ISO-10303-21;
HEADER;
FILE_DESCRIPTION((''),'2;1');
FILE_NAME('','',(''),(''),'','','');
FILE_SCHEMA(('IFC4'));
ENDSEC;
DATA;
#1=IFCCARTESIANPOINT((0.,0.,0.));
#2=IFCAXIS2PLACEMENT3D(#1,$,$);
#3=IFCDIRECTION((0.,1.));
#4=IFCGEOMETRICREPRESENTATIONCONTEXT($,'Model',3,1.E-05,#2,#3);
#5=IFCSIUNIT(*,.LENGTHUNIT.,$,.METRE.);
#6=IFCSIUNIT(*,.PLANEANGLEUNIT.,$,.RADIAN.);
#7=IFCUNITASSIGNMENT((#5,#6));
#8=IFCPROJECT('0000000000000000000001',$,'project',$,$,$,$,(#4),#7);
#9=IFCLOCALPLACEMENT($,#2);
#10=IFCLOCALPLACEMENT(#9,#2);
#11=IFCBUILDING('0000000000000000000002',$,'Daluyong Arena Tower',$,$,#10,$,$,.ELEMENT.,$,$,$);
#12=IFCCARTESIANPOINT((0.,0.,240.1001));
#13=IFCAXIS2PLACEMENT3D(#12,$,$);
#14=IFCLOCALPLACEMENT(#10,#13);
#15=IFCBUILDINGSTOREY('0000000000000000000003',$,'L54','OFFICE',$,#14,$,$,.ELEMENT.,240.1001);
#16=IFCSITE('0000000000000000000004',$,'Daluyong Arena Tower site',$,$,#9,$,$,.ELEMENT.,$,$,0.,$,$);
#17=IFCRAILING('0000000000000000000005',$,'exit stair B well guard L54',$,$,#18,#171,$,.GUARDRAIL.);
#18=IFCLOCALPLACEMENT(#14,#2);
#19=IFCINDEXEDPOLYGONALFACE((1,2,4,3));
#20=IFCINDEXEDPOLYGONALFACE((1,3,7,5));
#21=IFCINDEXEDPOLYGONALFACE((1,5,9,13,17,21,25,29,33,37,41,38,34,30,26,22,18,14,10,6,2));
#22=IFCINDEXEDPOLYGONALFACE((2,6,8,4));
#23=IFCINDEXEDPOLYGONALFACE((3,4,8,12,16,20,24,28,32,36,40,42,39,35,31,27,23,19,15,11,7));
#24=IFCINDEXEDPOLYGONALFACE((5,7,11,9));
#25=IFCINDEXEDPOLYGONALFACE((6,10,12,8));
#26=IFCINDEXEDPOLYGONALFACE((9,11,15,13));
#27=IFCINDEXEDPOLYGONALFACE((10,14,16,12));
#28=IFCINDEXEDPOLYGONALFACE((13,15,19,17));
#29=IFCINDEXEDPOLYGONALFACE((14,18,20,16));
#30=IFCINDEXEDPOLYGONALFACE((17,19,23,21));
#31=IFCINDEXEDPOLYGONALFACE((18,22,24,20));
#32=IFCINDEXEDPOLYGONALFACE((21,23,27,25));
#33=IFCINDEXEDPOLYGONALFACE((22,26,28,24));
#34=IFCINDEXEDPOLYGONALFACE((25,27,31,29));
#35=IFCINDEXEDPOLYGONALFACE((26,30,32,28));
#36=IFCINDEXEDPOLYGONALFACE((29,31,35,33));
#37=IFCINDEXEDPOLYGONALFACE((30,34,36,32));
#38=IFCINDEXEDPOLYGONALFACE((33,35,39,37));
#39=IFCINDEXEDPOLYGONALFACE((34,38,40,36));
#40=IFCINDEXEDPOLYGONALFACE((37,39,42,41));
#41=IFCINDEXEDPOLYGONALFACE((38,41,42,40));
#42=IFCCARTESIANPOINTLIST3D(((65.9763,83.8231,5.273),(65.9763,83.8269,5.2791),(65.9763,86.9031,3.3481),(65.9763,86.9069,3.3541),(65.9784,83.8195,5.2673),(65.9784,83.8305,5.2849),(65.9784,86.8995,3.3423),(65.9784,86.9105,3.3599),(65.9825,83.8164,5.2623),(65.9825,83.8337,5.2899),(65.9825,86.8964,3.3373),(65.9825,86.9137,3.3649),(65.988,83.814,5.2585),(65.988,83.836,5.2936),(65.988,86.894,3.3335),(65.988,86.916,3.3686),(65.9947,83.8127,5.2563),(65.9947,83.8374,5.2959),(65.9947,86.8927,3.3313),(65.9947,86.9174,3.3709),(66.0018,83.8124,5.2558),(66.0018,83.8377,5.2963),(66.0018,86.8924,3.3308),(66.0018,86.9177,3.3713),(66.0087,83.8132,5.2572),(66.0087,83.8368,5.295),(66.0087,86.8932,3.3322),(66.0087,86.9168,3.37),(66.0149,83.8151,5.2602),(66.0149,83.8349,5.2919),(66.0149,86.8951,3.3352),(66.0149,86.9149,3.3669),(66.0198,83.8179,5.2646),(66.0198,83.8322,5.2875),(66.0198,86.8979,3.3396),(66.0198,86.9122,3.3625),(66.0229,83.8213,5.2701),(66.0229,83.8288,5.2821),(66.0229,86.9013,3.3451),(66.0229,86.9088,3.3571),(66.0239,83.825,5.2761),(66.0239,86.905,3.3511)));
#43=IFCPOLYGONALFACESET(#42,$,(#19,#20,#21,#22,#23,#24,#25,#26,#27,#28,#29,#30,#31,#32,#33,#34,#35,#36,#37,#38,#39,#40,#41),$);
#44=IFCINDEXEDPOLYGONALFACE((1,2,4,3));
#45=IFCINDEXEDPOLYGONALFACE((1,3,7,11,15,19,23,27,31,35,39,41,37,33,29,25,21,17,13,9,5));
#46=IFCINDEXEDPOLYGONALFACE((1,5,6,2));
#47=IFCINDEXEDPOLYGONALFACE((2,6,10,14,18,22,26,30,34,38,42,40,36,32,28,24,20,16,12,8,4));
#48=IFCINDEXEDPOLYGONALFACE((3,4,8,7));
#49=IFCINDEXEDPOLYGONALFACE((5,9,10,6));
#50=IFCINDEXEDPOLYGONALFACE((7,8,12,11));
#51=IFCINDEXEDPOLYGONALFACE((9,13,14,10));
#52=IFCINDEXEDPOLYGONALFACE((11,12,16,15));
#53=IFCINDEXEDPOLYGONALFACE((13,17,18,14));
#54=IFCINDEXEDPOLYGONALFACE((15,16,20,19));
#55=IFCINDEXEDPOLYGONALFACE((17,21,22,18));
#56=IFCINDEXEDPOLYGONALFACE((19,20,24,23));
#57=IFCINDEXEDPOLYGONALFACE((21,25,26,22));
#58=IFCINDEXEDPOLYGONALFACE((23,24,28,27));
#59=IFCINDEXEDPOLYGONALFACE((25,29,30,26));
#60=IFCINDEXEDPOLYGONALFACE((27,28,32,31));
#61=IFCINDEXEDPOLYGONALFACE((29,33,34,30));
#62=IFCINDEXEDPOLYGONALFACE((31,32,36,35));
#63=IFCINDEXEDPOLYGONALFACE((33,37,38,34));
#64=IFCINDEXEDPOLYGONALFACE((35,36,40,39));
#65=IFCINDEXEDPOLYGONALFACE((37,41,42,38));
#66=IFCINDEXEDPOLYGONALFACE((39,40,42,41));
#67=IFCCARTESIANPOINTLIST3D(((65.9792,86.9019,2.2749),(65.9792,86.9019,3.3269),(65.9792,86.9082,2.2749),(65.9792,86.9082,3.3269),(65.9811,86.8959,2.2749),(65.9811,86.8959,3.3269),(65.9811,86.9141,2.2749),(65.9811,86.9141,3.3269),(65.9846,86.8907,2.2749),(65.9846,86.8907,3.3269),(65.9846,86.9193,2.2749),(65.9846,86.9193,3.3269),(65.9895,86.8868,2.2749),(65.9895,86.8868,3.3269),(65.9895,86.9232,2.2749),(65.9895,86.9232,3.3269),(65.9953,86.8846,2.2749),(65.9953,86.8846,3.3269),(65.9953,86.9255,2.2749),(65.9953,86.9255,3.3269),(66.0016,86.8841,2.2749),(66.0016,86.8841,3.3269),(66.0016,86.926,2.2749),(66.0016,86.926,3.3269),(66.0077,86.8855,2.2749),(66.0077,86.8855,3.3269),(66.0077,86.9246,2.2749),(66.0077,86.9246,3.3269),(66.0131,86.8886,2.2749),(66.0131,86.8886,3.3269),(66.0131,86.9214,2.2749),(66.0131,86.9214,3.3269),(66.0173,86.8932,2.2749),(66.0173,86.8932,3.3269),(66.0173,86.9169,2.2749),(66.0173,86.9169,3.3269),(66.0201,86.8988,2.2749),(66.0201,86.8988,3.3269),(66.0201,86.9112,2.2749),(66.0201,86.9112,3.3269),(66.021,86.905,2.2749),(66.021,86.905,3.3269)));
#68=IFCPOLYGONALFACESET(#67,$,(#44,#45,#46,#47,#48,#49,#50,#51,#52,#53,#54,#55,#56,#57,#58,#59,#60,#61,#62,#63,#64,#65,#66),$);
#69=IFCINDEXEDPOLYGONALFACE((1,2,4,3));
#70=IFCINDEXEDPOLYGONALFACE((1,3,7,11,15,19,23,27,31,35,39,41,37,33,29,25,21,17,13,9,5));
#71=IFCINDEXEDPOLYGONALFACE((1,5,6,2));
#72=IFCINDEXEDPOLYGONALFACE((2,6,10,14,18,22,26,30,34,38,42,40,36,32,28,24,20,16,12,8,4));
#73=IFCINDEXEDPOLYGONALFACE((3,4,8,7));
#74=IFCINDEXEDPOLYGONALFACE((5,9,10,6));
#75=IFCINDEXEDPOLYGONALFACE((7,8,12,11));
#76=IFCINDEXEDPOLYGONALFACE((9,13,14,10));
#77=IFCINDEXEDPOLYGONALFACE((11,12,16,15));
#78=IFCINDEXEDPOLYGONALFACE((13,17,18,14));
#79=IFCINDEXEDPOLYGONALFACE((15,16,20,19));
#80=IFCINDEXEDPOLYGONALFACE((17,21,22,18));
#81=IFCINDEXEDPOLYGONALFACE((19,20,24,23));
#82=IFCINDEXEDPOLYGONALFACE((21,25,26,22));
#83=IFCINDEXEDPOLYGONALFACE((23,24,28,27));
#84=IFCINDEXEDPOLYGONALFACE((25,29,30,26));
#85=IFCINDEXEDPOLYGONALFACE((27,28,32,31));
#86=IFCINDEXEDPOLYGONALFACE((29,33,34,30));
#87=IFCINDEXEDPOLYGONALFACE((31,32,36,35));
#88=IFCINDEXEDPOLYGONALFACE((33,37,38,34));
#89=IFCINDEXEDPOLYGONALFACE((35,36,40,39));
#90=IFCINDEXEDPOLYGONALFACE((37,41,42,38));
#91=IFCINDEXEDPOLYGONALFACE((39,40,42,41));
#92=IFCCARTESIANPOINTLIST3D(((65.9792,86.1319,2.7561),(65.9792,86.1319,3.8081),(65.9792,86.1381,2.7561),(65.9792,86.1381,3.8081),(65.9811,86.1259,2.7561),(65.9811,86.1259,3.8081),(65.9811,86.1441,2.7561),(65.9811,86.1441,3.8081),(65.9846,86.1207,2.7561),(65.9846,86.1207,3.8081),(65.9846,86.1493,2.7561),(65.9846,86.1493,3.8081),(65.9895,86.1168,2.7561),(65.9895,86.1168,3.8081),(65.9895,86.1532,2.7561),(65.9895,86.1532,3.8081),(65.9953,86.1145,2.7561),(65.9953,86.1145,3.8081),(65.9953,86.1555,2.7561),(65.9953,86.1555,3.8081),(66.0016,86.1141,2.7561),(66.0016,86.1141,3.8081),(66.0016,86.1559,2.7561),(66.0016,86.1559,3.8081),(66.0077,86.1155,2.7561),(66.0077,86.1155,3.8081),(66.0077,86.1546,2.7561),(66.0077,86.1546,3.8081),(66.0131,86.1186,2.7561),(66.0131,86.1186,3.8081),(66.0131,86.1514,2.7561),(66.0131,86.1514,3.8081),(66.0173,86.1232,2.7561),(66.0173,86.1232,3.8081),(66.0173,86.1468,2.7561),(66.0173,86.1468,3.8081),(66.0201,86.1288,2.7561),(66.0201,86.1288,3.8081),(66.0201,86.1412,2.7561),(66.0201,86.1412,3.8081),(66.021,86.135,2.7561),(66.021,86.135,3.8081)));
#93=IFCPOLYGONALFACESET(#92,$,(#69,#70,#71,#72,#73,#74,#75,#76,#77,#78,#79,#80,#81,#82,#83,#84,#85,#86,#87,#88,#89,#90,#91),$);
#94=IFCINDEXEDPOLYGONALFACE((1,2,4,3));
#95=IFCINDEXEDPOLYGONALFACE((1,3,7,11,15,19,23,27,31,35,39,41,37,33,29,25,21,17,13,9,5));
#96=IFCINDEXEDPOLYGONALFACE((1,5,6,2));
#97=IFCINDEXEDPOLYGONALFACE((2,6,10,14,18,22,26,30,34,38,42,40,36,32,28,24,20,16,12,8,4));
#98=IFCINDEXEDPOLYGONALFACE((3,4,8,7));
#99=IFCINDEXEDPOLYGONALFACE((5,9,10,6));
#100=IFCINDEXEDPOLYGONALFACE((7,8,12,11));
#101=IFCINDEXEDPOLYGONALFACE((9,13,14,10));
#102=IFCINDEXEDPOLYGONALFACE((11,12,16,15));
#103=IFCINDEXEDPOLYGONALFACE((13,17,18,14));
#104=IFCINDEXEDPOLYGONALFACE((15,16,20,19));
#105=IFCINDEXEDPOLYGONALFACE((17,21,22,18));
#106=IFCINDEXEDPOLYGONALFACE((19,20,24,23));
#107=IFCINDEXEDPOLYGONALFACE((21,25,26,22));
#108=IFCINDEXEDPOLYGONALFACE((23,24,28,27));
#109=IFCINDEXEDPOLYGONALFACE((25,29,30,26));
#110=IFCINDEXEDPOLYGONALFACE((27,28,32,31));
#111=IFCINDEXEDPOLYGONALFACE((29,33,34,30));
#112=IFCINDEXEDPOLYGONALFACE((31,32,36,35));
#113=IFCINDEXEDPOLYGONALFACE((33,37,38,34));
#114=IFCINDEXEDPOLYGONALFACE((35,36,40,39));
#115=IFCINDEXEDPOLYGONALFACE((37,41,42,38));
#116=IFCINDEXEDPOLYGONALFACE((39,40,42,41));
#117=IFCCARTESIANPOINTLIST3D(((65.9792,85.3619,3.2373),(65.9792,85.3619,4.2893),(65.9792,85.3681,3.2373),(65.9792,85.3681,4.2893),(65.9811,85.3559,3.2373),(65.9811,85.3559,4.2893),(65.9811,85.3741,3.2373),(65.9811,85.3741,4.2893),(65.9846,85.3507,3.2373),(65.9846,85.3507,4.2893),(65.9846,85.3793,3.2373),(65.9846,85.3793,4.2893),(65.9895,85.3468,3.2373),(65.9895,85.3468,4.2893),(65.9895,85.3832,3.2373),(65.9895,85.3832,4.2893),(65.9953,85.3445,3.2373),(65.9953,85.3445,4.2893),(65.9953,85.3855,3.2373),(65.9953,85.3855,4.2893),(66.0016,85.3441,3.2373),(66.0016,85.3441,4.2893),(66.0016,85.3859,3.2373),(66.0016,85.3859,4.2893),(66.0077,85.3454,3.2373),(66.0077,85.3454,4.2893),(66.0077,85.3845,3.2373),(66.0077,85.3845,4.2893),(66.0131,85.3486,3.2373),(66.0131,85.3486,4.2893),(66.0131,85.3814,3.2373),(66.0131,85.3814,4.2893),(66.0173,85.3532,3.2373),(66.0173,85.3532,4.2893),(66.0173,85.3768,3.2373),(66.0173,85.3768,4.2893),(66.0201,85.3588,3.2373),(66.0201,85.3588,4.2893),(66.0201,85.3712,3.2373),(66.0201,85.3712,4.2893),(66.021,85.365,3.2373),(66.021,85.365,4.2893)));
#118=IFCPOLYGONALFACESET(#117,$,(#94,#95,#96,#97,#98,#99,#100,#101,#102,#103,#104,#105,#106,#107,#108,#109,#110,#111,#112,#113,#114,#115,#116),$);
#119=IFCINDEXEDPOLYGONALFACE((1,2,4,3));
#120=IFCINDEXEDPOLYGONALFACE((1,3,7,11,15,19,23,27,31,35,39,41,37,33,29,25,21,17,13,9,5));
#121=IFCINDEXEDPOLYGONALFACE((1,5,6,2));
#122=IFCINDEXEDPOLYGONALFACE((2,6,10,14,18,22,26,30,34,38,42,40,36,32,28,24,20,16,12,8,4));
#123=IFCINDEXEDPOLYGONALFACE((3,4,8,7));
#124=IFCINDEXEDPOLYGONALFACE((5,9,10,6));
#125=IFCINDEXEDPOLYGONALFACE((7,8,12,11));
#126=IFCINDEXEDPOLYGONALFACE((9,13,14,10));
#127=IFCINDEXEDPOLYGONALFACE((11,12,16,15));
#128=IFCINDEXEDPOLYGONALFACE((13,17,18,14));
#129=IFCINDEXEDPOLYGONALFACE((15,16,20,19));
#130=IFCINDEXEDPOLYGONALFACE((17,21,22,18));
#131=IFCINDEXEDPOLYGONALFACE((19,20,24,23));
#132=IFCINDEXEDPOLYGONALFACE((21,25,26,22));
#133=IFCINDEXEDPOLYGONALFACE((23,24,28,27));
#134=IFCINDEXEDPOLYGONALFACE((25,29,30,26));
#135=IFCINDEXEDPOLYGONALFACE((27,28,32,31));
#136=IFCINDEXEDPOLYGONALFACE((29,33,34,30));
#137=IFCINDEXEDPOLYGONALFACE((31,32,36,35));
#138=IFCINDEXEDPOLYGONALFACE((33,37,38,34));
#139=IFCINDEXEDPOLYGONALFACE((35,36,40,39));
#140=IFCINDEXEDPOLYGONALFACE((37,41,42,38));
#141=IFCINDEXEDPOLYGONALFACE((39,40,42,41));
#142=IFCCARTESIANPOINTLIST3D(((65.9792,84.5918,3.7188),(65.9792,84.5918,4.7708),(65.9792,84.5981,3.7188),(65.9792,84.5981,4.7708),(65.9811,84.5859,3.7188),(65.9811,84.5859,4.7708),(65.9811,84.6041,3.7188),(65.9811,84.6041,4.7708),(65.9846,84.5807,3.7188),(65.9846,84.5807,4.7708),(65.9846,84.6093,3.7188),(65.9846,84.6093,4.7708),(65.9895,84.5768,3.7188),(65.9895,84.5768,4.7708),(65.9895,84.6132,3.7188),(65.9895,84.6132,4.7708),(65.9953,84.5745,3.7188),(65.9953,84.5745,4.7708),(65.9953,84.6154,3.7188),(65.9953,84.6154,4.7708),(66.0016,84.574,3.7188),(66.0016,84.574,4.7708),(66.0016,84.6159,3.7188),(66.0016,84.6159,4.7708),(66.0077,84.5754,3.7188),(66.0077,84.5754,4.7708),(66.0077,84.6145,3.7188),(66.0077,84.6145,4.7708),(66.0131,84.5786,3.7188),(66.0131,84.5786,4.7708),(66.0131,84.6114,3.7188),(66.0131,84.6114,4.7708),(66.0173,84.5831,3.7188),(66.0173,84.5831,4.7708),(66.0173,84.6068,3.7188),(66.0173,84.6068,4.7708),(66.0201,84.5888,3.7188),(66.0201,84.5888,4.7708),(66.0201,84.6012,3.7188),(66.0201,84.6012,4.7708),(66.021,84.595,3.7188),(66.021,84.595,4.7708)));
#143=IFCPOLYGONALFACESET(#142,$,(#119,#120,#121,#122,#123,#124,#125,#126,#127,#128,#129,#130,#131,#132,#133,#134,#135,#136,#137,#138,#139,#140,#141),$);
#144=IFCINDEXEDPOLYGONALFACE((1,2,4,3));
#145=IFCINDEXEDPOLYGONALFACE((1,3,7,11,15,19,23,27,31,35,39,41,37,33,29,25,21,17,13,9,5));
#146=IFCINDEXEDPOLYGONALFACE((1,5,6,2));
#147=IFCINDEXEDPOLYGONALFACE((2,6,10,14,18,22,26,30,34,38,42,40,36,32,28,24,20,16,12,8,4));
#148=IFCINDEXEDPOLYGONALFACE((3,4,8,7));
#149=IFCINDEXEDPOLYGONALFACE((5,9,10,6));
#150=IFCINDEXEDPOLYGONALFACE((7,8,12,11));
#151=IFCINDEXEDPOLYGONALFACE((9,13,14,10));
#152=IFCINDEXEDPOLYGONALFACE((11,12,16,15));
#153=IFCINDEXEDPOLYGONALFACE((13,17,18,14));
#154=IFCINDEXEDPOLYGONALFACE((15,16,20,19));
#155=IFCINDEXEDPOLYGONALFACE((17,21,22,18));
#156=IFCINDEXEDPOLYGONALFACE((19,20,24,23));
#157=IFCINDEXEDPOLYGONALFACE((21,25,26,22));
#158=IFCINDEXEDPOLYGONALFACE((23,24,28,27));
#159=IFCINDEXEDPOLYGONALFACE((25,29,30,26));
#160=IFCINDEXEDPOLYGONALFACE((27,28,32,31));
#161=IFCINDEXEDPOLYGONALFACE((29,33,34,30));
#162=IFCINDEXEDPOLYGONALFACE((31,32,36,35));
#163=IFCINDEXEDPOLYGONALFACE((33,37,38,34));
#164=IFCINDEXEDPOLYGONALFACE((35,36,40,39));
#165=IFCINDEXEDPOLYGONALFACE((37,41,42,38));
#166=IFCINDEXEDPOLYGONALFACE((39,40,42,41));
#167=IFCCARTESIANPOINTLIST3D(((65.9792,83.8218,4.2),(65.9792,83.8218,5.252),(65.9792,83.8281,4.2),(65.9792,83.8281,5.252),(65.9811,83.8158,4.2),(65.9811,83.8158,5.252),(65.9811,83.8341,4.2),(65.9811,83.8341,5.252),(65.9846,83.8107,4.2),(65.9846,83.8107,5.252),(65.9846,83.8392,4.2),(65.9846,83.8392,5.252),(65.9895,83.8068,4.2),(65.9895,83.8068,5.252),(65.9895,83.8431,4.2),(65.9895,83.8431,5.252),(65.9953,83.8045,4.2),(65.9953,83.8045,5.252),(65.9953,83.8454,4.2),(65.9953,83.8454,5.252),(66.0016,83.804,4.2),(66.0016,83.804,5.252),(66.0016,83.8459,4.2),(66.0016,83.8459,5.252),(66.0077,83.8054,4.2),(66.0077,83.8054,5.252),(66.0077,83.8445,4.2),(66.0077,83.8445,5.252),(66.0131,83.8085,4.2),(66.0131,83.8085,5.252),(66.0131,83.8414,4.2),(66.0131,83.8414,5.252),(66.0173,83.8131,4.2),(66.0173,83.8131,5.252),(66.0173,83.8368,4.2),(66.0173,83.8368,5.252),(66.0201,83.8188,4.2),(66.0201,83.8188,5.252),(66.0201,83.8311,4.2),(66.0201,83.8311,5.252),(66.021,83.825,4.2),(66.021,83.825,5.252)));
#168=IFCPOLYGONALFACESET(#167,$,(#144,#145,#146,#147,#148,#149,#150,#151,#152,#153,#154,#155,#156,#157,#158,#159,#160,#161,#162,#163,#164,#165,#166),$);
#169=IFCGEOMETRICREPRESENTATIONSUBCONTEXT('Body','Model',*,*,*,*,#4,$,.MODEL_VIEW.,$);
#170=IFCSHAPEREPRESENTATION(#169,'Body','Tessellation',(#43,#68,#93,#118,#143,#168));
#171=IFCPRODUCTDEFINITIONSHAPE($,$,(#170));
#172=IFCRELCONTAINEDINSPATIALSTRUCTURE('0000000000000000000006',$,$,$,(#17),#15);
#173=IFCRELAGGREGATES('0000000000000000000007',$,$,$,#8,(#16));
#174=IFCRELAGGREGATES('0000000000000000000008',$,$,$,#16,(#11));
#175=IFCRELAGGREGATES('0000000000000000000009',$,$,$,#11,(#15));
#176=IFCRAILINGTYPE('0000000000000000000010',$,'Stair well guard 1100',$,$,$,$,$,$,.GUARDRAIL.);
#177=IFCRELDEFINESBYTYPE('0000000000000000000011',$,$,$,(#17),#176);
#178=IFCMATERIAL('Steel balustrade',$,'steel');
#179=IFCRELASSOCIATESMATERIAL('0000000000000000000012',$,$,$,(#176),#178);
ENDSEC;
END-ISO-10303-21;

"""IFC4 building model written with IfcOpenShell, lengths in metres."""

from ifc_helpers import new_model, si_unit, direction, frame, origin, origin_2d, place, context, subcontext, project, spatial, circle, extrude, material, type_object, element, save


model = new_model("IFC4")

# Units and contexts
model_context = context("Model", 3, precision=1e-05, world=origin(), true_north=direction((0.0, 1.0)))
body_context = subcontext(model_context, "Body", "Model", "MODEL_VIEW")
ifc_project = project(units=[si_unit("LENGTHUNIT", "METRE"), si_unit("PLANEANGLEUNIT", "RADIAN")], contexts=[model_context])

# Site, building, storey
site_placement = place(None, origin())
site = spatial("IfcSite", under=ifc_project, at=site_placement, Name="Daluyong Arena Tower site", CompositionType="ELEMENT", RefElevation=0.0)
building_placement = place(site_placement, origin())
building = spatial("IfcBuilding", under=site, at=building_placement, Name="Daluyong Arena Tower", CompositionType="ELEMENT")
storey_placement = place(building_placement, frame((0.0, 0.0, 240.1001)))
storey = spatial("IfcBuildingStorey", under=building, at=storey_placement, Name="L54", Description="OFFICE", CompositionType="ELEMENT", Elevation=240.1001)

# Railing
ifc_material_1 = material(Name="Steel balustrade", Category="steel")
railing_type_1 = type_object("IfcRailingType", Name="Stair well guard 1100", PredefinedType="GUARDRAIL", material=ifc_material_1)
railing_1_placement = place(storey_placement, frame((66.0, 86.905, 2.2749)))
element("IfcRailing", 1, at=railing_1_placement, inside=storey, type_object=railing_type_1, Name="exit stair B well guard L54", PredefinedType="GUARDRAIL", context=body_context, shape_type="SweptSolid", body=[
    extrude(circle(Radius=0.0239, at=origin_2d()), frame((0.0, 0.0, 1.0762), z_axis=(0.0, -0.847998, 0.529999), x_axis=(1.0, 0.0, 0.0)), (0.0, 0.0, 1.0), 3.6321),
    extrude(circle(Radius=0.021, at=origin_2d()), origin(), (0.0, 0.0, 1.0), 1.052),
    extrude(circle(Radius=0.021, at=origin_2d()), frame((0.0, -0.77, 0.4812)), (0.0, 0.0, 1.0), 1.052),
    extrude(circle(Radius=0.021, at=origin_2d()), frame((0.0, -1.54, 0.9624)), (0.0, 0.0, 1.0), 1.052),
    extrude(circle(Radius=0.021, at=origin_2d()), frame((0.0, -2.3101, 1.4438)), (0.0, 0.0, 1.0), 1.052),
    extrude(circle(Radius=0.021, at=origin_2d()), frame((0.0, -3.0801, 1.925)), (0.0, 0.0, 1.0), 1.052),
])

save(model, "model.ifc")
